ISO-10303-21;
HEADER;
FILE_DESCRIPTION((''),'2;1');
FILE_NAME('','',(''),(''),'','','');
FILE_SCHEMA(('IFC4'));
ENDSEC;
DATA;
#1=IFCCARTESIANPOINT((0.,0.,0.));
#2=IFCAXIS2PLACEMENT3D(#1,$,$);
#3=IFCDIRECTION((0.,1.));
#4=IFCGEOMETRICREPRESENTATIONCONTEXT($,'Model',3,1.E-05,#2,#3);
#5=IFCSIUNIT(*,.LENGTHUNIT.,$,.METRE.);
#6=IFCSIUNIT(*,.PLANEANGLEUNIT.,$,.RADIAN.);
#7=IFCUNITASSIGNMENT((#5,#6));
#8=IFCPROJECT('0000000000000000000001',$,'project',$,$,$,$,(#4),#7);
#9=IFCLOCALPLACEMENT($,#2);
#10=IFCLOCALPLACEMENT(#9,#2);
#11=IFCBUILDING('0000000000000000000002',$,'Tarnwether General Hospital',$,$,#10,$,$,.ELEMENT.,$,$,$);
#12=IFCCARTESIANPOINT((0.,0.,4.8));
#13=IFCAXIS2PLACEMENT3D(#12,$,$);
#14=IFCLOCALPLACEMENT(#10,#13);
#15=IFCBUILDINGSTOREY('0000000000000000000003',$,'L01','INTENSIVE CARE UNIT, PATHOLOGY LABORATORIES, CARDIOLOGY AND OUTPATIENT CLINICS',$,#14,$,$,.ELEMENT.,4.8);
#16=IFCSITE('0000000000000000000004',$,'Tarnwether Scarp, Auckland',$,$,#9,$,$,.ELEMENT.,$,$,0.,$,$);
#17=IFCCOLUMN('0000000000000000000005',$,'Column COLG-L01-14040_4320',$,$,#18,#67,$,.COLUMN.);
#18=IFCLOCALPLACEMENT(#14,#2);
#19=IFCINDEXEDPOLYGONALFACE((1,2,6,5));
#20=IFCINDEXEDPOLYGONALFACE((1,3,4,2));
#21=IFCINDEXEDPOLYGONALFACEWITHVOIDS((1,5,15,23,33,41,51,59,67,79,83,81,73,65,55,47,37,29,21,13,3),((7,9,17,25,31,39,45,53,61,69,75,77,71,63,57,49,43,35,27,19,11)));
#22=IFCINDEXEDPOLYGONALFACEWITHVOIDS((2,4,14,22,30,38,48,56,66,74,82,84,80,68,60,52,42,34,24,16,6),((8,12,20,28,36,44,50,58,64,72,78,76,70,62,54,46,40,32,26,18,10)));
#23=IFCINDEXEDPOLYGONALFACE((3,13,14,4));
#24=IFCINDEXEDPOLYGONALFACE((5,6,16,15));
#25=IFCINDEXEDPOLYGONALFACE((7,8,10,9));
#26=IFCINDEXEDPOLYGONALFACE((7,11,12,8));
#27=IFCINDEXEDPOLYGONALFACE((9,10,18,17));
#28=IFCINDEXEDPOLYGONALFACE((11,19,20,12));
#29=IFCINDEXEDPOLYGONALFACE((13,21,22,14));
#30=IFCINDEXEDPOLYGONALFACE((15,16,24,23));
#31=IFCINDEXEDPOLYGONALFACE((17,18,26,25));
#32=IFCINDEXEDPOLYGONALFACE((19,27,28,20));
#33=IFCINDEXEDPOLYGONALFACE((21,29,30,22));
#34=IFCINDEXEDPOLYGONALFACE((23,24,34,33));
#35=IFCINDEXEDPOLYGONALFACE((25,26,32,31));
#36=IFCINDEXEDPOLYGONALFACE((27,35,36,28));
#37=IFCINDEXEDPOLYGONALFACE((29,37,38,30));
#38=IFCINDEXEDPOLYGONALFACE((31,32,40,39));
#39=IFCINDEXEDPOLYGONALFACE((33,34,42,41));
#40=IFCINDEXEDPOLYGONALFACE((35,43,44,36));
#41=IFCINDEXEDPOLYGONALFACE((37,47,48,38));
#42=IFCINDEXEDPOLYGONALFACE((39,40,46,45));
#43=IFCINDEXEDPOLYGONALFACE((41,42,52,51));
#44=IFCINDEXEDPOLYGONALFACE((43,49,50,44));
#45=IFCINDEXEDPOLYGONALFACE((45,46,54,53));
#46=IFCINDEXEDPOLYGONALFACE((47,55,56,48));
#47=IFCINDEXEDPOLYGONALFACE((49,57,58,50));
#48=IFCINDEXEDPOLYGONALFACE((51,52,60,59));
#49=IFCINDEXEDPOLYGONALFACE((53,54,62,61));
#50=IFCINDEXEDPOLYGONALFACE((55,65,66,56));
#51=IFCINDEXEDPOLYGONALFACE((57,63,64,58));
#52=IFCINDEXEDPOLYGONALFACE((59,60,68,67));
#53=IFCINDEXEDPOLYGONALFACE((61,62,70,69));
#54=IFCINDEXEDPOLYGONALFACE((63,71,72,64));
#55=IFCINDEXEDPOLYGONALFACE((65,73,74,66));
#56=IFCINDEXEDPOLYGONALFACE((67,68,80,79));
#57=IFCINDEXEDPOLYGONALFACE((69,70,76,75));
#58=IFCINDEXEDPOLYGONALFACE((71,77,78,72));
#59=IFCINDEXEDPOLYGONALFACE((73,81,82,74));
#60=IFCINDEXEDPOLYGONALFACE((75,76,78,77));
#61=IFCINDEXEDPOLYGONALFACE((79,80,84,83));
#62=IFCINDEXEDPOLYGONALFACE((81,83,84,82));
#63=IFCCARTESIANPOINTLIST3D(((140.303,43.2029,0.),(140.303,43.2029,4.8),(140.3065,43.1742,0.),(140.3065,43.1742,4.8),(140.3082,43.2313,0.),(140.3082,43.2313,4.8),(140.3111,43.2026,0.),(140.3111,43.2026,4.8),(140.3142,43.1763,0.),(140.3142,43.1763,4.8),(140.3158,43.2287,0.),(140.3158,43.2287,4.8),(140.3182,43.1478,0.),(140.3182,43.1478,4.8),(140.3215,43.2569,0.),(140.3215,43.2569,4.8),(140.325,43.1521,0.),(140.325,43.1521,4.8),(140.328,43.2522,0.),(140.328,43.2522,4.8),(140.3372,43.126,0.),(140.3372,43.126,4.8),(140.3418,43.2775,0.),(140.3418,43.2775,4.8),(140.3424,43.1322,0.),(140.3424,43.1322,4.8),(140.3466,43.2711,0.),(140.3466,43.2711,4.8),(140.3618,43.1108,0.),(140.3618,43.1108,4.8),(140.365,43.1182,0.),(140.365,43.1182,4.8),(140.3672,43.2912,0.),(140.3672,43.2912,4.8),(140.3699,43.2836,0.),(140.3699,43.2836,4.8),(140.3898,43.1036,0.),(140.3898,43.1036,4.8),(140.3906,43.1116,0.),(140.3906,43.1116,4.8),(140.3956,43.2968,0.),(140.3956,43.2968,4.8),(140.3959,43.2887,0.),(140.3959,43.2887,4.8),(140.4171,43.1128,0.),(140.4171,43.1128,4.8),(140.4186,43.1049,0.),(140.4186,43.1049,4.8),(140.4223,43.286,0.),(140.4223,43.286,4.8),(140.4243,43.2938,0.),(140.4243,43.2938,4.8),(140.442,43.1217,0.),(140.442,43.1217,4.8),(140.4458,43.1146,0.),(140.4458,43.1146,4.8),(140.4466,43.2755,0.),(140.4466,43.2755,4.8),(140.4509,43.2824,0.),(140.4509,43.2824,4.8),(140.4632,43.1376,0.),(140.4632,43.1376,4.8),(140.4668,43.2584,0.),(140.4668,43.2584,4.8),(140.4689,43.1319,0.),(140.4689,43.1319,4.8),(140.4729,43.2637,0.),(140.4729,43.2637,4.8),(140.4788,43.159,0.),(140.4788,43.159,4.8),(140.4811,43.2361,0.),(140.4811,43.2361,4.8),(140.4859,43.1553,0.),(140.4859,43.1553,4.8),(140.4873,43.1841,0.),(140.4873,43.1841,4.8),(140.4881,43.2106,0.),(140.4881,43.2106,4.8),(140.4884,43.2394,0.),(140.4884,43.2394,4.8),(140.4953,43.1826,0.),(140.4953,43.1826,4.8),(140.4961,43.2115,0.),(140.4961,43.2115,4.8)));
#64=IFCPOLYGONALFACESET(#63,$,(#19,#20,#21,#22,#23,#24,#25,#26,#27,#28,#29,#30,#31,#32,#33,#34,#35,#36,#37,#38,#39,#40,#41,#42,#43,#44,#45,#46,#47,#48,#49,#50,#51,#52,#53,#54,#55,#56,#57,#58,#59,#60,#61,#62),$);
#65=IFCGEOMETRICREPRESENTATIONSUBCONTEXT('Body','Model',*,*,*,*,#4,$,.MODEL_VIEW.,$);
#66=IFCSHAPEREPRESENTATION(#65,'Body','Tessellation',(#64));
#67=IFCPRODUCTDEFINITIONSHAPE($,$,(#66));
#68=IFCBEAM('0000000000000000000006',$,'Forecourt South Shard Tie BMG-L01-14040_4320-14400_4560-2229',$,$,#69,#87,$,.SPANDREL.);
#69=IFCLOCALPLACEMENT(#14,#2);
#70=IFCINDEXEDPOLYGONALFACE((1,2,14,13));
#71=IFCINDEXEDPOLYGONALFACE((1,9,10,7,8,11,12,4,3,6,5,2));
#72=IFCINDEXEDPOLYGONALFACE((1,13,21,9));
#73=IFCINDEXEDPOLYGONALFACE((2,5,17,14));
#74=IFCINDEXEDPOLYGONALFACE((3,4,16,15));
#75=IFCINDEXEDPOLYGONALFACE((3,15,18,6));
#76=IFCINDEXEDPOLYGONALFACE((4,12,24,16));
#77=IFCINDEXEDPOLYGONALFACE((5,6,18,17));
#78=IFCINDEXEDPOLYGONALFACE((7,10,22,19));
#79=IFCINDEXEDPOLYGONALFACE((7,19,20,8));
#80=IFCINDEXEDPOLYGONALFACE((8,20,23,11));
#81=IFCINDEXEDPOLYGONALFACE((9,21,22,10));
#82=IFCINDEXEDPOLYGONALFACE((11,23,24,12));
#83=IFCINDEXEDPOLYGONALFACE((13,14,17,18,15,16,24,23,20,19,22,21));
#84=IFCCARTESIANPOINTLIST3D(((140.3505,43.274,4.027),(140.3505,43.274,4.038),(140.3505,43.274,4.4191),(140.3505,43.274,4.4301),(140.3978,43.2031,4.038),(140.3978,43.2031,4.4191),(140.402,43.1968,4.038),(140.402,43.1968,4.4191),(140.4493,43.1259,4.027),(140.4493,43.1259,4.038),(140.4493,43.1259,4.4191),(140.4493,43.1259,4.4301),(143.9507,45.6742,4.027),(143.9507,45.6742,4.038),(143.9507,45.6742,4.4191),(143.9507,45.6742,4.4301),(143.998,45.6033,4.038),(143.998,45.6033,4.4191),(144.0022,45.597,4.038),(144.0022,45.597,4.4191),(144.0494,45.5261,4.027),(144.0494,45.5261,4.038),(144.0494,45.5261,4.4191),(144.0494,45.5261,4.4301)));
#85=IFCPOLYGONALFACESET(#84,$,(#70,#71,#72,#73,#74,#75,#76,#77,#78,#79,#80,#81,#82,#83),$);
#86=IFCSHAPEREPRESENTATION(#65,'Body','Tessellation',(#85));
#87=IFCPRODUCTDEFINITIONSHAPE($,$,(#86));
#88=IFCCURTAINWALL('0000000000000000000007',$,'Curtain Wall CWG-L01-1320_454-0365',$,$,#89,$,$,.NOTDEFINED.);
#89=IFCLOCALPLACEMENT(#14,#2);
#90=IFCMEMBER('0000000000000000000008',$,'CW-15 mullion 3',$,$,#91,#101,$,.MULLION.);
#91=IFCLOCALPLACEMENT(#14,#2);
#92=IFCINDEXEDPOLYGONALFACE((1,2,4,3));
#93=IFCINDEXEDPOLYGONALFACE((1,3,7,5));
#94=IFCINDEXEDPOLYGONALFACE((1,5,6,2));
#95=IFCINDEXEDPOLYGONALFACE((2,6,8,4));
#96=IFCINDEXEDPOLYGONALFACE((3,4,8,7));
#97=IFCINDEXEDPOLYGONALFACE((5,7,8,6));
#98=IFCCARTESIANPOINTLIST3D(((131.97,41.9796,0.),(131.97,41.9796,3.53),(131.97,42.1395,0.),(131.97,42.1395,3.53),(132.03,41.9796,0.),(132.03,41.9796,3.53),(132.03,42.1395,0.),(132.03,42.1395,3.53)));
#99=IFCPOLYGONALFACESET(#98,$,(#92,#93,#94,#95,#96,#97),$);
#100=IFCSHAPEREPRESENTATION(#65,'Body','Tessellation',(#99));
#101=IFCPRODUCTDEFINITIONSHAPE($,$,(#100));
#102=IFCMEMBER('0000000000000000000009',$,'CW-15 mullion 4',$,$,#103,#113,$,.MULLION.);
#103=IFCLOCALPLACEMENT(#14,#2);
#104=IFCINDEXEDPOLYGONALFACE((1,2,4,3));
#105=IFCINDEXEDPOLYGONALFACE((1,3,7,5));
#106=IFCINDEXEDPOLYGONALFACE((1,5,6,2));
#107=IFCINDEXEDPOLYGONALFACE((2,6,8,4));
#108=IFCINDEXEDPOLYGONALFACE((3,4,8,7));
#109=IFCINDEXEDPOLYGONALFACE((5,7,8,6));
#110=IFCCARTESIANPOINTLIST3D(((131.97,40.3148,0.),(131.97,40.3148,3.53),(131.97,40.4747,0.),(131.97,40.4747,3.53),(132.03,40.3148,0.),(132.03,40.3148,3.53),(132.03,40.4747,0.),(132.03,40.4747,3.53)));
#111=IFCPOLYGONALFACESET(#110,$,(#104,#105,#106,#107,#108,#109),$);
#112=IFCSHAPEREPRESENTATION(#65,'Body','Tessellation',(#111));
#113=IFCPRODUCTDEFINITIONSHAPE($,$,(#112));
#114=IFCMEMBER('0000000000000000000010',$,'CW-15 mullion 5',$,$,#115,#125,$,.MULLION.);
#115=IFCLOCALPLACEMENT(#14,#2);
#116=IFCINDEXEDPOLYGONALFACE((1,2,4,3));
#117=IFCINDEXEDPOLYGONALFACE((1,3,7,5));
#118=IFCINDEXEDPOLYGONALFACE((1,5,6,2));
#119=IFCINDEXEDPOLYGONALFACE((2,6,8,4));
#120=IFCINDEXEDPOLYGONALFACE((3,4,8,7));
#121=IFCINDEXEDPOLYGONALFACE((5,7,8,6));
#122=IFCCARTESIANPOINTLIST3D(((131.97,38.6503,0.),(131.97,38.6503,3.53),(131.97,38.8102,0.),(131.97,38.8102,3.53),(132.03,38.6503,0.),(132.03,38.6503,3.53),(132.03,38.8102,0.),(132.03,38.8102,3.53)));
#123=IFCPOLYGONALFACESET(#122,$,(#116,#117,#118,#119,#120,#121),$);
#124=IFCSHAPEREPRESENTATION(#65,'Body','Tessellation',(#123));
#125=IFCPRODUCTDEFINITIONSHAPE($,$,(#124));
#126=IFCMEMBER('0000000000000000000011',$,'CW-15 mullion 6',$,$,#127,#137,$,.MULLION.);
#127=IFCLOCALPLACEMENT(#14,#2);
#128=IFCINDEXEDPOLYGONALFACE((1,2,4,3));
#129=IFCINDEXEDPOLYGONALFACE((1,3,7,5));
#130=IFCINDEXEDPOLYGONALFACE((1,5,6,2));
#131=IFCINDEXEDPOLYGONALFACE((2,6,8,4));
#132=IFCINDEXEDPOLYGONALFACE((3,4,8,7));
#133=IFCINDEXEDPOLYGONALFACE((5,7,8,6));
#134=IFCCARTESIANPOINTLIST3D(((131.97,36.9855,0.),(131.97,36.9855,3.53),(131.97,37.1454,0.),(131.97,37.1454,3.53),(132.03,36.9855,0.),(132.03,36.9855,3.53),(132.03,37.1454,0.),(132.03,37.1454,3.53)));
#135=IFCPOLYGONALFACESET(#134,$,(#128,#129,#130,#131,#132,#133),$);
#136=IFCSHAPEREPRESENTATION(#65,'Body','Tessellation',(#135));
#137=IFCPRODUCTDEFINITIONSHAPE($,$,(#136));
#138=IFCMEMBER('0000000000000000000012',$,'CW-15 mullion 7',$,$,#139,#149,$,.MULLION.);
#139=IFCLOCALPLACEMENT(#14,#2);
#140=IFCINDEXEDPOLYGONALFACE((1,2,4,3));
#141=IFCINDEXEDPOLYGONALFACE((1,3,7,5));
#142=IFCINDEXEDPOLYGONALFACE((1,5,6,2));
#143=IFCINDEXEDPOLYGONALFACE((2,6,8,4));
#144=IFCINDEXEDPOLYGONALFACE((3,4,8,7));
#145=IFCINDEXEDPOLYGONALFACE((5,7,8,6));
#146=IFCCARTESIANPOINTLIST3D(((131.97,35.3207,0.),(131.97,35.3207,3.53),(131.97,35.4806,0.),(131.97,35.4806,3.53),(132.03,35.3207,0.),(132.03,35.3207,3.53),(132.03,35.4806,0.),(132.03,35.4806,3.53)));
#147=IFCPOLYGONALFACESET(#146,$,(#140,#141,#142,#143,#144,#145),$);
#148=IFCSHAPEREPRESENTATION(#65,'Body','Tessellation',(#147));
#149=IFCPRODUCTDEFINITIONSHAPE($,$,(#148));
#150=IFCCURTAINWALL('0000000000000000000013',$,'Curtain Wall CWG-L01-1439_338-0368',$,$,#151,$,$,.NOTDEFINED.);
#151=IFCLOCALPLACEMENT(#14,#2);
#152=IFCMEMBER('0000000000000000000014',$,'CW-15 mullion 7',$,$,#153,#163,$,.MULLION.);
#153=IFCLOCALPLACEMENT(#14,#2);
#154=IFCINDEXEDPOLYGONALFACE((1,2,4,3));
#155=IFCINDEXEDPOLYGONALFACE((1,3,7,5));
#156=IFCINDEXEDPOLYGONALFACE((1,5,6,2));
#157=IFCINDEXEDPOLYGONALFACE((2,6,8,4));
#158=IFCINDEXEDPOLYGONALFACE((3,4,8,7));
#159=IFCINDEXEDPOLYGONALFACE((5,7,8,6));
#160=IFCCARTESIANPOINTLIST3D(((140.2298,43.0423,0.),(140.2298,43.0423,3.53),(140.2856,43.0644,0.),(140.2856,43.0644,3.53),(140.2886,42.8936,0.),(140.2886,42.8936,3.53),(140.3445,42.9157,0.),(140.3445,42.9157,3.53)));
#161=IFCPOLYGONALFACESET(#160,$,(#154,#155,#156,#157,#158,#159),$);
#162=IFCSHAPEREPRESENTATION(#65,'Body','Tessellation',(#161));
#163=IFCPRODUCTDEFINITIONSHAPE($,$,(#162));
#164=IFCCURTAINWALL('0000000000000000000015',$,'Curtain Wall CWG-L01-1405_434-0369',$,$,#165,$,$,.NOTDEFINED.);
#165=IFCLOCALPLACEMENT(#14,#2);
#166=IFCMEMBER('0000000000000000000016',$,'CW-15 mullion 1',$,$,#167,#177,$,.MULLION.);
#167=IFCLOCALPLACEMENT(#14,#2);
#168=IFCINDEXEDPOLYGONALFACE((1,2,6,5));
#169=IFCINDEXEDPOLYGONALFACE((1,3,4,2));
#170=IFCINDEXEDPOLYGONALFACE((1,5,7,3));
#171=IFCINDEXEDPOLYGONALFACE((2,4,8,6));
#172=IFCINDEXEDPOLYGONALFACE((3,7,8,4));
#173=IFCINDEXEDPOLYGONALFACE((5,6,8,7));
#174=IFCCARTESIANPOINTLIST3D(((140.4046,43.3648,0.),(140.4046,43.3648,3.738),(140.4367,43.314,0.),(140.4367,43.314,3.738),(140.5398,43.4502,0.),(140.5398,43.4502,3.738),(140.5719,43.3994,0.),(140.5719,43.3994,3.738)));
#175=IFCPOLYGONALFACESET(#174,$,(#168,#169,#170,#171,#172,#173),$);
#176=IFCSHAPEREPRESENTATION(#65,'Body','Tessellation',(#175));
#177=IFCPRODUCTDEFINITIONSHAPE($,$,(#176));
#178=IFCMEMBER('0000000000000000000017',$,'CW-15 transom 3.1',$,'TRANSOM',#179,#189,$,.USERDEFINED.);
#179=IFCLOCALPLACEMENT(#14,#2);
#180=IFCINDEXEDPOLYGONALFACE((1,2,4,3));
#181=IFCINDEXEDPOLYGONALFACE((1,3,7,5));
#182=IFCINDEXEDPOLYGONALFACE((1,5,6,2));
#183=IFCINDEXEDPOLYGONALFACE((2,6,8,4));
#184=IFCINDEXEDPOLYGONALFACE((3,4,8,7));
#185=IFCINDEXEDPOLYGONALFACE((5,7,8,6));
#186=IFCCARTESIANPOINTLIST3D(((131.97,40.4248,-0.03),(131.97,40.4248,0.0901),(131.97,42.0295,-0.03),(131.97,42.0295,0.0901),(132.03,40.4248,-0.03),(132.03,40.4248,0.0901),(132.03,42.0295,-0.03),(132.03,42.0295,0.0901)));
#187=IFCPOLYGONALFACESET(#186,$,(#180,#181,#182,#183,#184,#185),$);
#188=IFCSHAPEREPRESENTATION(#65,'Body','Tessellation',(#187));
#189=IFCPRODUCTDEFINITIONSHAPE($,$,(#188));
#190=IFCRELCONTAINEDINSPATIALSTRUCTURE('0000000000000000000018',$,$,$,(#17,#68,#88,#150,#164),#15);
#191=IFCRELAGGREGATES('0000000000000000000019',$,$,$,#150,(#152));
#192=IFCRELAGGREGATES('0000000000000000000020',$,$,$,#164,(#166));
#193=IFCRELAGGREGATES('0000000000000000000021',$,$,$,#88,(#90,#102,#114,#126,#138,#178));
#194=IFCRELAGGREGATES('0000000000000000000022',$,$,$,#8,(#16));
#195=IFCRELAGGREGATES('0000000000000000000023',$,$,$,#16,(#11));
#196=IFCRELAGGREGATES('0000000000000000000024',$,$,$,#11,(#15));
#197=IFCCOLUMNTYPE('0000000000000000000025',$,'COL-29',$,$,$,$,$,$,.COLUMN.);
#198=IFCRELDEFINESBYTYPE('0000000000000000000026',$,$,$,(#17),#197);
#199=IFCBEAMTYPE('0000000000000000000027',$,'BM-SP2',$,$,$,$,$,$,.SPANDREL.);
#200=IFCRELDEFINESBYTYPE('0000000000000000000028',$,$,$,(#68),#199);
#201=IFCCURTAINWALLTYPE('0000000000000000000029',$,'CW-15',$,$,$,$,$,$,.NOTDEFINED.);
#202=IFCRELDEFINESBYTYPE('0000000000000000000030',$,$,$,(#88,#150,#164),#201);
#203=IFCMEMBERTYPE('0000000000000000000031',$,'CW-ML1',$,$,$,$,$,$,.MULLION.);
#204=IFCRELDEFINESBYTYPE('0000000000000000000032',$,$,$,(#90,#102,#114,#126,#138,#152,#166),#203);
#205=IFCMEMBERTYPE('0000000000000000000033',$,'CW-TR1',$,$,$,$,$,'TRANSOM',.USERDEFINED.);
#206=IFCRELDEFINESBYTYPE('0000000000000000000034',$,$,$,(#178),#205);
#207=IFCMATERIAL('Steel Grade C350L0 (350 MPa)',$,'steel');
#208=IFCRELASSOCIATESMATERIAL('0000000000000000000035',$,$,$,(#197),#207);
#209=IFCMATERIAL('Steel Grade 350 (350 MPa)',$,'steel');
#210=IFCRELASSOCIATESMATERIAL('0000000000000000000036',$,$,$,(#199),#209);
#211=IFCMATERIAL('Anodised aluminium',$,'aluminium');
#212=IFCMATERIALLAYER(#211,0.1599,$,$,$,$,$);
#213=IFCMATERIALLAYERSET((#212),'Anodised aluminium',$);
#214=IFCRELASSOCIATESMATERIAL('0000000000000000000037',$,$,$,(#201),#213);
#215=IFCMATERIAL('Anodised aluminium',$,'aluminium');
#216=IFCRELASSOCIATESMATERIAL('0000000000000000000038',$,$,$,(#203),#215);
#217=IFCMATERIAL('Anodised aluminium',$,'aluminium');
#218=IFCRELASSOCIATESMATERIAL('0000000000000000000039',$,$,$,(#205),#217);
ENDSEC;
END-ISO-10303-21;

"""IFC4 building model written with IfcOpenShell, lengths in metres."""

from ifc_helpers import new_model, si_unit, direction, frame, origin, origin_2d, place, context, subcontext, project, spatial, rectangle, hollow_circle, i_section, extrude, material, layer, layer_set, material_profile, profile_set, type_object, element, aggregate, save


model = new_model("IFC4")

# Units and contexts
model_context = context("Model", 3, precision=1e-05, world=origin(), true_north=direction((0.0, 1.0)))
body_context = subcontext(model_context, "Body", "Model", "MODEL_VIEW")
ifc_project = project(units=[si_unit("LENGTHUNIT", "METRE"), si_unit("PLANEANGLEUNIT", "RADIAN")], contexts=[model_context])

# Site, building, storey
site_placement = place(None, origin())
site = spatial("IfcSite", under=ifc_project, at=site_placement, Name="Tarnwether Scarp, Auckland", CompositionType="ELEMENT", RefElevation=0.0)
building_placement = place(site_placement, origin())
building = spatial("IfcBuilding", under=site, at=building_placement, Name="Tarnwether General Hospital", CompositionType="ELEMENT")
storey_placement = place(building_placement, frame((0.0, 0.0, 4.8)))
storey = spatial("IfcBuildingStorey", under=building, at=storey_placement, Name="L01", Description="INTENSIVE CARE UNIT, PATHOLOGY LABORATORIES, CARDIOLOGY AND OUTPATIENT CLINICS", CompositionType="ELEMENT", Elevation=4.8)

# Column
ifc_material_1 = material(Name="Steel Grade C350L0 (350 MPa)", Category="steel")
ifc_material_profile_1 = material_profile(ifc_material_1, hollow_circle(Radius=0.0969, WallThickness=0.0081, at=origin_2d()), Name="CHS193.7x8.0")
ifc_profile_set_1 = profile_set([ifc_material_profile_1], Name="Steel Grade C350L0 (350 MPa)")
column_type = type_object("IfcColumnType", Name="COL-29", PredefinedType="COLUMN", material=ifc_profile_set_1)
column_placement = place(storey_placement, frame((140.3999, 43.2, 0.0), z_axis=(0.0, 0.0, 1.0), x_axis=(0.913545, 0.406737, 0.0)))
element("IfcColumn", 1, at=column_placement, inside=storey, type_object=column_type, Name="Column COLG-L01-14040_4320", PredefinedType="COLUMN", context=body_context, shape_type="SweptSolid", body=[
    extrude(hollow_circle(Radius=0.0969, WallThickness=0.0081, at=origin_2d()), origin(), (0.0, 0.0, 1.0), 4.8),
])

# Beam
ifc_material_2 = material(Name="Steel Grade 350 (350 MPa)", Category="steel")
ifc_material_profile_2 = material_profile(ifc_material_2, i_section(OverallWidth=0.178, OverallDepth=0.4031, WebThickness=0.0076, FlangeThickness=0.011, at=origin_2d()), Name="410UB53.7")
ifc_profile_set_2 = profile_set([ifc_material_profile_2], Name="Steel Grade 350 (350 MPa)")
beam_type = type_object("IfcBeamType", Name="BM-SP2", PredefinedType="SPANDREL", material=ifc_profile_set_2)
beam_placement = place(storey_placement, frame((140.3999, 43.2, 4.2285), z_axis=(0.832042, 0.554713, 0.0), x_axis=(-0.554713, 0.832042, 0.0)))
element("IfcBeam", 2, at=beam_placement, inside=storey, type_object=beam_type, Name="Forecourt South Shard Tie BMG-L01-14040_4320-14400_4560-2229", PredefinedType="SPANDREL", context=body_context, shape_type="SweptSolid", body=[
    extrude(i_section(OverallWidth=0.178, OverallDepth=0.4031, WebThickness=0.0076, FlangeThickness=0.011, at=origin_2d()), origin(), (0.0, 0.0, 1.0), 4.3269),
])

# Curtain wall, members
ifc_material_3 = material(Name="Anodised aluminium", Category="aluminium")
ifc_layer_1 = layer(ifc_material_3, 0.1599)
ifc_layer_set_1 = layer_set([ifc_layer_1], Name="Anodised aluminium")
curtain_wall_type = type_object("IfcCurtainWallType", Name="CW-15", PredefinedType="NOTDEFINED", material=ifc_layer_set_1)
curtain_wall_1_placement = place(storey_placement, origin())
curtain_wall_1 = element("IfcCurtainWall", 3, at=curtain_wall_1_placement, inside=storey, type_object=curtain_wall_type, Name="Curtain Wall CWG-L01-1320_454-0365", PredefinedType="NOTDEFINED")
ifc_material_4 = material(Name="Anodised aluminium", Category="aluminium")
ifc_material_profile_3 = material_profile(ifc_material_4, rectangle(XDim=0.0601, YDim=0.1599, at=origin_2d()), Name="ALU-MUL-60x160")
ifc_profile_set_3 = profile_set([ifc_material_profile_3], Name="Anodised aluminium")
member_type_1 = type_object("IfcMemberType", Name="CW-ML1", PredefinedType="MULLION", material=ifc_profile_set_3)
member_1_placement = place(storey_placement, frame((132.0, 42.0596, 0.0), z_axis=(0.0, 0.0, 1.0), x_axis=(1.0, 0.0, 0.0)))
member_1 = element("IfcMember", 4, at=member_1_placement, type_object=member_type_1, Name="CW-15 mullion 3", PredefinedType="MULLION", context=body_context, shape_type="SweptSolid", body=[
    extrude(rectangle(XDim=0.0601, YDim=0.1599, at=origin_2d()), origin(), (0.0, 0.0, 1.0), 3.53),
])
member_2_placement = place(storey_placement, frame((132.0, 40.3948, 0.0), z_axis=(0.0, 0.0, 1.0), x_axis=(1.0, 0.0, 0.0)))
member_2 = element("IfcMember", 5, at=member_2_placement, type_object=member_type_1, Name="CW-15 mullion 4", PredefinedType="MULLION", context=body_context, shape_type="SweptSolid", body=[
    extrude(rectangle(XDim=0.0601, YDim=0.1599, at=origin_2d()), origin(), (0.0, 0.0, 1.0), 3.53),
])
member_3_placement = place(storey_placement, frame((132.0, 38.7302, 0.0), z_axis=(0.0, 0.0, 1.0), x_axis=(1.0, 0.0, 0.0)))
member_3 = element("IfcMember", 6, at=member_3_placement, type_object=member_type_1, Name="CW-15 mullion 5", PredefinedType="MULLION", context=body_context, shape_type="SweptSolid", body=[
    extrude(rectangle(XDim=0.0601, YDim=0.1599, at=origin_2d()), origin(), (0.0, 0.0, 1.0), 3.53),
])
member_4_placement = place(storey_placement, frame((132.0, 37.0654, 0.0), z_axis=(0.0, 0.0, 1.0), x_axis=(1.0, 0.0, 0.0)))
member_4 = element("IfcMember", 7, at=member_4_placement, type_object=member_type_1, Name="CW-15 mullion 6", PredefinedType="MULLION", context=body_context, shape_type="SweptSolid", body=[
    extrude(rectangle(XDim=0.0601, YDim=0.1599, at=origin_2d()), origin(), (0.0, 0.0, 1.0), 3.53),
])
member_5_placement = place(storey_placement, frame((132.0, 35.4006, 0.0), z_axis=(0.0, 0.0, 1.0), x_axis=(1.0, 0.0, 0.0)))
member_5 = element("IfcMember", 8, at=member_5_placement, type_object=member_type_1, Name="CW-15 mullion 7", PredefinedType="MULLION", context=body_context, shape_type="SweptSolid", body=[
    extrude(rectangle(XDim=0.0601, YDim=0.1599, at=origin_2d()), origin(), (0.0, 0.0, 1.0), 3.53),
])

# Curtain walls, members
curtain_wall_2_placement = place(storey_placement, origin())
curtain_wall_2 = element("IfcCurtainWall", 9, at=curtain_wall_2_placement, inside=storey, type_object=curtain_wall_type, Name="Curtain Wall CWG-L01-1439_338-0368", PredefinedType="NOTDEFINED")
member_6_placement = place(storey_placement, frame((140.2871, 42.979, 0.0), z_axis=(0.0, 0.0, 1.0), x_axis=(-0.929802, -0.368059, 0.0)))
member_6 = element("IfcMember", 10, at=member_6_placement, type_object=member_type_1, Name="CW-15 mullion 7", PredefinedType="MULLION", context=body_context, shape_type="SweptSolid", body=[
    extrude(rectangle(XDim=0.0601, YDim=0.1599, at=origin_2d()), origin(), (0.0, 0.0, 1.0), 3.53),
])
aggregate(curtain_wall_2, [member_6])
curtain_wall_3_placement = place(storey_placement, origin())
curtain_wall_3 = element("IfcCurtainWall", 11, at=curtain_wall_3_placement, inside=storey, type_object=curtain_wall_type, Name="Curtain Wall CWG-L01-1405_434-0369", PredefinedType="NOTDEFINED")
member_7_placement = place(storey_placement, frame((140.4883, 43.3821, 0.0), z_axis=(0.0, 0.0, 1.0), x_axis=(-0.534049, 0.845454, 0.0)))
member_7 = element("IfcMember", 12, at=member_7_placement, type_object=member_type_1, Name="CW-15 mullion 1", PredefinedType="MULLION", context=body_context, shape_type="SweptSolid", body=[
    extrude(rectangle(XDim=0.0601, YDim=0.1599, at=origin_2d()), origin(), (0.0, 0.0, 1.0), 3.738),
])

# Member
ifc_material_5 = material(Name="Anodised aluminium", Category="aluminium")
ifc_material_profile_4 = material_profile(ifc_material_5, rectangle(XDim=0.0601, YDim=0.1201, at=origin_2d()), Name="ALU-TRN-60x120")
ifc_profile_set_4 = profile_set([ifc_material_profile_4], Name="Anodised aluminium")
member_type_2 = type_object("IfcMemberType", Name="CW-TR1", ElementType="TRANSOM", PredefinedType="USERDEFINED", material=ifc_profile_set_4)
member_8_placement = place(storey_placement, frame((132.0, 42.0295, 0.03), z_axis=(0.0, -1.0, 0.0), x_axis=(1.0, 0.0, 0.0)))
member_8 = element("IfcMember", 13, at=member_8_placement, type_object=member_type_2, Name="CW-15 transom 3.1", ObjectType="TRANSOM", PredefinedType="USERDEFINED", context=body_context, shape_type="SweptSolid", body=[
    extrude(rectangle(XDim=0.0601, YDim=0.1201, at=origin_2d()), origin(), (0.0, 0.0, 1.0), 1.6047),
])
aggregate(curtain_wall_3, [member_7])

aggregate(curtain_wall_1, [member_1, member_2, member_3, member_4, member_5, member_8])

save(model, "model.ifc")
